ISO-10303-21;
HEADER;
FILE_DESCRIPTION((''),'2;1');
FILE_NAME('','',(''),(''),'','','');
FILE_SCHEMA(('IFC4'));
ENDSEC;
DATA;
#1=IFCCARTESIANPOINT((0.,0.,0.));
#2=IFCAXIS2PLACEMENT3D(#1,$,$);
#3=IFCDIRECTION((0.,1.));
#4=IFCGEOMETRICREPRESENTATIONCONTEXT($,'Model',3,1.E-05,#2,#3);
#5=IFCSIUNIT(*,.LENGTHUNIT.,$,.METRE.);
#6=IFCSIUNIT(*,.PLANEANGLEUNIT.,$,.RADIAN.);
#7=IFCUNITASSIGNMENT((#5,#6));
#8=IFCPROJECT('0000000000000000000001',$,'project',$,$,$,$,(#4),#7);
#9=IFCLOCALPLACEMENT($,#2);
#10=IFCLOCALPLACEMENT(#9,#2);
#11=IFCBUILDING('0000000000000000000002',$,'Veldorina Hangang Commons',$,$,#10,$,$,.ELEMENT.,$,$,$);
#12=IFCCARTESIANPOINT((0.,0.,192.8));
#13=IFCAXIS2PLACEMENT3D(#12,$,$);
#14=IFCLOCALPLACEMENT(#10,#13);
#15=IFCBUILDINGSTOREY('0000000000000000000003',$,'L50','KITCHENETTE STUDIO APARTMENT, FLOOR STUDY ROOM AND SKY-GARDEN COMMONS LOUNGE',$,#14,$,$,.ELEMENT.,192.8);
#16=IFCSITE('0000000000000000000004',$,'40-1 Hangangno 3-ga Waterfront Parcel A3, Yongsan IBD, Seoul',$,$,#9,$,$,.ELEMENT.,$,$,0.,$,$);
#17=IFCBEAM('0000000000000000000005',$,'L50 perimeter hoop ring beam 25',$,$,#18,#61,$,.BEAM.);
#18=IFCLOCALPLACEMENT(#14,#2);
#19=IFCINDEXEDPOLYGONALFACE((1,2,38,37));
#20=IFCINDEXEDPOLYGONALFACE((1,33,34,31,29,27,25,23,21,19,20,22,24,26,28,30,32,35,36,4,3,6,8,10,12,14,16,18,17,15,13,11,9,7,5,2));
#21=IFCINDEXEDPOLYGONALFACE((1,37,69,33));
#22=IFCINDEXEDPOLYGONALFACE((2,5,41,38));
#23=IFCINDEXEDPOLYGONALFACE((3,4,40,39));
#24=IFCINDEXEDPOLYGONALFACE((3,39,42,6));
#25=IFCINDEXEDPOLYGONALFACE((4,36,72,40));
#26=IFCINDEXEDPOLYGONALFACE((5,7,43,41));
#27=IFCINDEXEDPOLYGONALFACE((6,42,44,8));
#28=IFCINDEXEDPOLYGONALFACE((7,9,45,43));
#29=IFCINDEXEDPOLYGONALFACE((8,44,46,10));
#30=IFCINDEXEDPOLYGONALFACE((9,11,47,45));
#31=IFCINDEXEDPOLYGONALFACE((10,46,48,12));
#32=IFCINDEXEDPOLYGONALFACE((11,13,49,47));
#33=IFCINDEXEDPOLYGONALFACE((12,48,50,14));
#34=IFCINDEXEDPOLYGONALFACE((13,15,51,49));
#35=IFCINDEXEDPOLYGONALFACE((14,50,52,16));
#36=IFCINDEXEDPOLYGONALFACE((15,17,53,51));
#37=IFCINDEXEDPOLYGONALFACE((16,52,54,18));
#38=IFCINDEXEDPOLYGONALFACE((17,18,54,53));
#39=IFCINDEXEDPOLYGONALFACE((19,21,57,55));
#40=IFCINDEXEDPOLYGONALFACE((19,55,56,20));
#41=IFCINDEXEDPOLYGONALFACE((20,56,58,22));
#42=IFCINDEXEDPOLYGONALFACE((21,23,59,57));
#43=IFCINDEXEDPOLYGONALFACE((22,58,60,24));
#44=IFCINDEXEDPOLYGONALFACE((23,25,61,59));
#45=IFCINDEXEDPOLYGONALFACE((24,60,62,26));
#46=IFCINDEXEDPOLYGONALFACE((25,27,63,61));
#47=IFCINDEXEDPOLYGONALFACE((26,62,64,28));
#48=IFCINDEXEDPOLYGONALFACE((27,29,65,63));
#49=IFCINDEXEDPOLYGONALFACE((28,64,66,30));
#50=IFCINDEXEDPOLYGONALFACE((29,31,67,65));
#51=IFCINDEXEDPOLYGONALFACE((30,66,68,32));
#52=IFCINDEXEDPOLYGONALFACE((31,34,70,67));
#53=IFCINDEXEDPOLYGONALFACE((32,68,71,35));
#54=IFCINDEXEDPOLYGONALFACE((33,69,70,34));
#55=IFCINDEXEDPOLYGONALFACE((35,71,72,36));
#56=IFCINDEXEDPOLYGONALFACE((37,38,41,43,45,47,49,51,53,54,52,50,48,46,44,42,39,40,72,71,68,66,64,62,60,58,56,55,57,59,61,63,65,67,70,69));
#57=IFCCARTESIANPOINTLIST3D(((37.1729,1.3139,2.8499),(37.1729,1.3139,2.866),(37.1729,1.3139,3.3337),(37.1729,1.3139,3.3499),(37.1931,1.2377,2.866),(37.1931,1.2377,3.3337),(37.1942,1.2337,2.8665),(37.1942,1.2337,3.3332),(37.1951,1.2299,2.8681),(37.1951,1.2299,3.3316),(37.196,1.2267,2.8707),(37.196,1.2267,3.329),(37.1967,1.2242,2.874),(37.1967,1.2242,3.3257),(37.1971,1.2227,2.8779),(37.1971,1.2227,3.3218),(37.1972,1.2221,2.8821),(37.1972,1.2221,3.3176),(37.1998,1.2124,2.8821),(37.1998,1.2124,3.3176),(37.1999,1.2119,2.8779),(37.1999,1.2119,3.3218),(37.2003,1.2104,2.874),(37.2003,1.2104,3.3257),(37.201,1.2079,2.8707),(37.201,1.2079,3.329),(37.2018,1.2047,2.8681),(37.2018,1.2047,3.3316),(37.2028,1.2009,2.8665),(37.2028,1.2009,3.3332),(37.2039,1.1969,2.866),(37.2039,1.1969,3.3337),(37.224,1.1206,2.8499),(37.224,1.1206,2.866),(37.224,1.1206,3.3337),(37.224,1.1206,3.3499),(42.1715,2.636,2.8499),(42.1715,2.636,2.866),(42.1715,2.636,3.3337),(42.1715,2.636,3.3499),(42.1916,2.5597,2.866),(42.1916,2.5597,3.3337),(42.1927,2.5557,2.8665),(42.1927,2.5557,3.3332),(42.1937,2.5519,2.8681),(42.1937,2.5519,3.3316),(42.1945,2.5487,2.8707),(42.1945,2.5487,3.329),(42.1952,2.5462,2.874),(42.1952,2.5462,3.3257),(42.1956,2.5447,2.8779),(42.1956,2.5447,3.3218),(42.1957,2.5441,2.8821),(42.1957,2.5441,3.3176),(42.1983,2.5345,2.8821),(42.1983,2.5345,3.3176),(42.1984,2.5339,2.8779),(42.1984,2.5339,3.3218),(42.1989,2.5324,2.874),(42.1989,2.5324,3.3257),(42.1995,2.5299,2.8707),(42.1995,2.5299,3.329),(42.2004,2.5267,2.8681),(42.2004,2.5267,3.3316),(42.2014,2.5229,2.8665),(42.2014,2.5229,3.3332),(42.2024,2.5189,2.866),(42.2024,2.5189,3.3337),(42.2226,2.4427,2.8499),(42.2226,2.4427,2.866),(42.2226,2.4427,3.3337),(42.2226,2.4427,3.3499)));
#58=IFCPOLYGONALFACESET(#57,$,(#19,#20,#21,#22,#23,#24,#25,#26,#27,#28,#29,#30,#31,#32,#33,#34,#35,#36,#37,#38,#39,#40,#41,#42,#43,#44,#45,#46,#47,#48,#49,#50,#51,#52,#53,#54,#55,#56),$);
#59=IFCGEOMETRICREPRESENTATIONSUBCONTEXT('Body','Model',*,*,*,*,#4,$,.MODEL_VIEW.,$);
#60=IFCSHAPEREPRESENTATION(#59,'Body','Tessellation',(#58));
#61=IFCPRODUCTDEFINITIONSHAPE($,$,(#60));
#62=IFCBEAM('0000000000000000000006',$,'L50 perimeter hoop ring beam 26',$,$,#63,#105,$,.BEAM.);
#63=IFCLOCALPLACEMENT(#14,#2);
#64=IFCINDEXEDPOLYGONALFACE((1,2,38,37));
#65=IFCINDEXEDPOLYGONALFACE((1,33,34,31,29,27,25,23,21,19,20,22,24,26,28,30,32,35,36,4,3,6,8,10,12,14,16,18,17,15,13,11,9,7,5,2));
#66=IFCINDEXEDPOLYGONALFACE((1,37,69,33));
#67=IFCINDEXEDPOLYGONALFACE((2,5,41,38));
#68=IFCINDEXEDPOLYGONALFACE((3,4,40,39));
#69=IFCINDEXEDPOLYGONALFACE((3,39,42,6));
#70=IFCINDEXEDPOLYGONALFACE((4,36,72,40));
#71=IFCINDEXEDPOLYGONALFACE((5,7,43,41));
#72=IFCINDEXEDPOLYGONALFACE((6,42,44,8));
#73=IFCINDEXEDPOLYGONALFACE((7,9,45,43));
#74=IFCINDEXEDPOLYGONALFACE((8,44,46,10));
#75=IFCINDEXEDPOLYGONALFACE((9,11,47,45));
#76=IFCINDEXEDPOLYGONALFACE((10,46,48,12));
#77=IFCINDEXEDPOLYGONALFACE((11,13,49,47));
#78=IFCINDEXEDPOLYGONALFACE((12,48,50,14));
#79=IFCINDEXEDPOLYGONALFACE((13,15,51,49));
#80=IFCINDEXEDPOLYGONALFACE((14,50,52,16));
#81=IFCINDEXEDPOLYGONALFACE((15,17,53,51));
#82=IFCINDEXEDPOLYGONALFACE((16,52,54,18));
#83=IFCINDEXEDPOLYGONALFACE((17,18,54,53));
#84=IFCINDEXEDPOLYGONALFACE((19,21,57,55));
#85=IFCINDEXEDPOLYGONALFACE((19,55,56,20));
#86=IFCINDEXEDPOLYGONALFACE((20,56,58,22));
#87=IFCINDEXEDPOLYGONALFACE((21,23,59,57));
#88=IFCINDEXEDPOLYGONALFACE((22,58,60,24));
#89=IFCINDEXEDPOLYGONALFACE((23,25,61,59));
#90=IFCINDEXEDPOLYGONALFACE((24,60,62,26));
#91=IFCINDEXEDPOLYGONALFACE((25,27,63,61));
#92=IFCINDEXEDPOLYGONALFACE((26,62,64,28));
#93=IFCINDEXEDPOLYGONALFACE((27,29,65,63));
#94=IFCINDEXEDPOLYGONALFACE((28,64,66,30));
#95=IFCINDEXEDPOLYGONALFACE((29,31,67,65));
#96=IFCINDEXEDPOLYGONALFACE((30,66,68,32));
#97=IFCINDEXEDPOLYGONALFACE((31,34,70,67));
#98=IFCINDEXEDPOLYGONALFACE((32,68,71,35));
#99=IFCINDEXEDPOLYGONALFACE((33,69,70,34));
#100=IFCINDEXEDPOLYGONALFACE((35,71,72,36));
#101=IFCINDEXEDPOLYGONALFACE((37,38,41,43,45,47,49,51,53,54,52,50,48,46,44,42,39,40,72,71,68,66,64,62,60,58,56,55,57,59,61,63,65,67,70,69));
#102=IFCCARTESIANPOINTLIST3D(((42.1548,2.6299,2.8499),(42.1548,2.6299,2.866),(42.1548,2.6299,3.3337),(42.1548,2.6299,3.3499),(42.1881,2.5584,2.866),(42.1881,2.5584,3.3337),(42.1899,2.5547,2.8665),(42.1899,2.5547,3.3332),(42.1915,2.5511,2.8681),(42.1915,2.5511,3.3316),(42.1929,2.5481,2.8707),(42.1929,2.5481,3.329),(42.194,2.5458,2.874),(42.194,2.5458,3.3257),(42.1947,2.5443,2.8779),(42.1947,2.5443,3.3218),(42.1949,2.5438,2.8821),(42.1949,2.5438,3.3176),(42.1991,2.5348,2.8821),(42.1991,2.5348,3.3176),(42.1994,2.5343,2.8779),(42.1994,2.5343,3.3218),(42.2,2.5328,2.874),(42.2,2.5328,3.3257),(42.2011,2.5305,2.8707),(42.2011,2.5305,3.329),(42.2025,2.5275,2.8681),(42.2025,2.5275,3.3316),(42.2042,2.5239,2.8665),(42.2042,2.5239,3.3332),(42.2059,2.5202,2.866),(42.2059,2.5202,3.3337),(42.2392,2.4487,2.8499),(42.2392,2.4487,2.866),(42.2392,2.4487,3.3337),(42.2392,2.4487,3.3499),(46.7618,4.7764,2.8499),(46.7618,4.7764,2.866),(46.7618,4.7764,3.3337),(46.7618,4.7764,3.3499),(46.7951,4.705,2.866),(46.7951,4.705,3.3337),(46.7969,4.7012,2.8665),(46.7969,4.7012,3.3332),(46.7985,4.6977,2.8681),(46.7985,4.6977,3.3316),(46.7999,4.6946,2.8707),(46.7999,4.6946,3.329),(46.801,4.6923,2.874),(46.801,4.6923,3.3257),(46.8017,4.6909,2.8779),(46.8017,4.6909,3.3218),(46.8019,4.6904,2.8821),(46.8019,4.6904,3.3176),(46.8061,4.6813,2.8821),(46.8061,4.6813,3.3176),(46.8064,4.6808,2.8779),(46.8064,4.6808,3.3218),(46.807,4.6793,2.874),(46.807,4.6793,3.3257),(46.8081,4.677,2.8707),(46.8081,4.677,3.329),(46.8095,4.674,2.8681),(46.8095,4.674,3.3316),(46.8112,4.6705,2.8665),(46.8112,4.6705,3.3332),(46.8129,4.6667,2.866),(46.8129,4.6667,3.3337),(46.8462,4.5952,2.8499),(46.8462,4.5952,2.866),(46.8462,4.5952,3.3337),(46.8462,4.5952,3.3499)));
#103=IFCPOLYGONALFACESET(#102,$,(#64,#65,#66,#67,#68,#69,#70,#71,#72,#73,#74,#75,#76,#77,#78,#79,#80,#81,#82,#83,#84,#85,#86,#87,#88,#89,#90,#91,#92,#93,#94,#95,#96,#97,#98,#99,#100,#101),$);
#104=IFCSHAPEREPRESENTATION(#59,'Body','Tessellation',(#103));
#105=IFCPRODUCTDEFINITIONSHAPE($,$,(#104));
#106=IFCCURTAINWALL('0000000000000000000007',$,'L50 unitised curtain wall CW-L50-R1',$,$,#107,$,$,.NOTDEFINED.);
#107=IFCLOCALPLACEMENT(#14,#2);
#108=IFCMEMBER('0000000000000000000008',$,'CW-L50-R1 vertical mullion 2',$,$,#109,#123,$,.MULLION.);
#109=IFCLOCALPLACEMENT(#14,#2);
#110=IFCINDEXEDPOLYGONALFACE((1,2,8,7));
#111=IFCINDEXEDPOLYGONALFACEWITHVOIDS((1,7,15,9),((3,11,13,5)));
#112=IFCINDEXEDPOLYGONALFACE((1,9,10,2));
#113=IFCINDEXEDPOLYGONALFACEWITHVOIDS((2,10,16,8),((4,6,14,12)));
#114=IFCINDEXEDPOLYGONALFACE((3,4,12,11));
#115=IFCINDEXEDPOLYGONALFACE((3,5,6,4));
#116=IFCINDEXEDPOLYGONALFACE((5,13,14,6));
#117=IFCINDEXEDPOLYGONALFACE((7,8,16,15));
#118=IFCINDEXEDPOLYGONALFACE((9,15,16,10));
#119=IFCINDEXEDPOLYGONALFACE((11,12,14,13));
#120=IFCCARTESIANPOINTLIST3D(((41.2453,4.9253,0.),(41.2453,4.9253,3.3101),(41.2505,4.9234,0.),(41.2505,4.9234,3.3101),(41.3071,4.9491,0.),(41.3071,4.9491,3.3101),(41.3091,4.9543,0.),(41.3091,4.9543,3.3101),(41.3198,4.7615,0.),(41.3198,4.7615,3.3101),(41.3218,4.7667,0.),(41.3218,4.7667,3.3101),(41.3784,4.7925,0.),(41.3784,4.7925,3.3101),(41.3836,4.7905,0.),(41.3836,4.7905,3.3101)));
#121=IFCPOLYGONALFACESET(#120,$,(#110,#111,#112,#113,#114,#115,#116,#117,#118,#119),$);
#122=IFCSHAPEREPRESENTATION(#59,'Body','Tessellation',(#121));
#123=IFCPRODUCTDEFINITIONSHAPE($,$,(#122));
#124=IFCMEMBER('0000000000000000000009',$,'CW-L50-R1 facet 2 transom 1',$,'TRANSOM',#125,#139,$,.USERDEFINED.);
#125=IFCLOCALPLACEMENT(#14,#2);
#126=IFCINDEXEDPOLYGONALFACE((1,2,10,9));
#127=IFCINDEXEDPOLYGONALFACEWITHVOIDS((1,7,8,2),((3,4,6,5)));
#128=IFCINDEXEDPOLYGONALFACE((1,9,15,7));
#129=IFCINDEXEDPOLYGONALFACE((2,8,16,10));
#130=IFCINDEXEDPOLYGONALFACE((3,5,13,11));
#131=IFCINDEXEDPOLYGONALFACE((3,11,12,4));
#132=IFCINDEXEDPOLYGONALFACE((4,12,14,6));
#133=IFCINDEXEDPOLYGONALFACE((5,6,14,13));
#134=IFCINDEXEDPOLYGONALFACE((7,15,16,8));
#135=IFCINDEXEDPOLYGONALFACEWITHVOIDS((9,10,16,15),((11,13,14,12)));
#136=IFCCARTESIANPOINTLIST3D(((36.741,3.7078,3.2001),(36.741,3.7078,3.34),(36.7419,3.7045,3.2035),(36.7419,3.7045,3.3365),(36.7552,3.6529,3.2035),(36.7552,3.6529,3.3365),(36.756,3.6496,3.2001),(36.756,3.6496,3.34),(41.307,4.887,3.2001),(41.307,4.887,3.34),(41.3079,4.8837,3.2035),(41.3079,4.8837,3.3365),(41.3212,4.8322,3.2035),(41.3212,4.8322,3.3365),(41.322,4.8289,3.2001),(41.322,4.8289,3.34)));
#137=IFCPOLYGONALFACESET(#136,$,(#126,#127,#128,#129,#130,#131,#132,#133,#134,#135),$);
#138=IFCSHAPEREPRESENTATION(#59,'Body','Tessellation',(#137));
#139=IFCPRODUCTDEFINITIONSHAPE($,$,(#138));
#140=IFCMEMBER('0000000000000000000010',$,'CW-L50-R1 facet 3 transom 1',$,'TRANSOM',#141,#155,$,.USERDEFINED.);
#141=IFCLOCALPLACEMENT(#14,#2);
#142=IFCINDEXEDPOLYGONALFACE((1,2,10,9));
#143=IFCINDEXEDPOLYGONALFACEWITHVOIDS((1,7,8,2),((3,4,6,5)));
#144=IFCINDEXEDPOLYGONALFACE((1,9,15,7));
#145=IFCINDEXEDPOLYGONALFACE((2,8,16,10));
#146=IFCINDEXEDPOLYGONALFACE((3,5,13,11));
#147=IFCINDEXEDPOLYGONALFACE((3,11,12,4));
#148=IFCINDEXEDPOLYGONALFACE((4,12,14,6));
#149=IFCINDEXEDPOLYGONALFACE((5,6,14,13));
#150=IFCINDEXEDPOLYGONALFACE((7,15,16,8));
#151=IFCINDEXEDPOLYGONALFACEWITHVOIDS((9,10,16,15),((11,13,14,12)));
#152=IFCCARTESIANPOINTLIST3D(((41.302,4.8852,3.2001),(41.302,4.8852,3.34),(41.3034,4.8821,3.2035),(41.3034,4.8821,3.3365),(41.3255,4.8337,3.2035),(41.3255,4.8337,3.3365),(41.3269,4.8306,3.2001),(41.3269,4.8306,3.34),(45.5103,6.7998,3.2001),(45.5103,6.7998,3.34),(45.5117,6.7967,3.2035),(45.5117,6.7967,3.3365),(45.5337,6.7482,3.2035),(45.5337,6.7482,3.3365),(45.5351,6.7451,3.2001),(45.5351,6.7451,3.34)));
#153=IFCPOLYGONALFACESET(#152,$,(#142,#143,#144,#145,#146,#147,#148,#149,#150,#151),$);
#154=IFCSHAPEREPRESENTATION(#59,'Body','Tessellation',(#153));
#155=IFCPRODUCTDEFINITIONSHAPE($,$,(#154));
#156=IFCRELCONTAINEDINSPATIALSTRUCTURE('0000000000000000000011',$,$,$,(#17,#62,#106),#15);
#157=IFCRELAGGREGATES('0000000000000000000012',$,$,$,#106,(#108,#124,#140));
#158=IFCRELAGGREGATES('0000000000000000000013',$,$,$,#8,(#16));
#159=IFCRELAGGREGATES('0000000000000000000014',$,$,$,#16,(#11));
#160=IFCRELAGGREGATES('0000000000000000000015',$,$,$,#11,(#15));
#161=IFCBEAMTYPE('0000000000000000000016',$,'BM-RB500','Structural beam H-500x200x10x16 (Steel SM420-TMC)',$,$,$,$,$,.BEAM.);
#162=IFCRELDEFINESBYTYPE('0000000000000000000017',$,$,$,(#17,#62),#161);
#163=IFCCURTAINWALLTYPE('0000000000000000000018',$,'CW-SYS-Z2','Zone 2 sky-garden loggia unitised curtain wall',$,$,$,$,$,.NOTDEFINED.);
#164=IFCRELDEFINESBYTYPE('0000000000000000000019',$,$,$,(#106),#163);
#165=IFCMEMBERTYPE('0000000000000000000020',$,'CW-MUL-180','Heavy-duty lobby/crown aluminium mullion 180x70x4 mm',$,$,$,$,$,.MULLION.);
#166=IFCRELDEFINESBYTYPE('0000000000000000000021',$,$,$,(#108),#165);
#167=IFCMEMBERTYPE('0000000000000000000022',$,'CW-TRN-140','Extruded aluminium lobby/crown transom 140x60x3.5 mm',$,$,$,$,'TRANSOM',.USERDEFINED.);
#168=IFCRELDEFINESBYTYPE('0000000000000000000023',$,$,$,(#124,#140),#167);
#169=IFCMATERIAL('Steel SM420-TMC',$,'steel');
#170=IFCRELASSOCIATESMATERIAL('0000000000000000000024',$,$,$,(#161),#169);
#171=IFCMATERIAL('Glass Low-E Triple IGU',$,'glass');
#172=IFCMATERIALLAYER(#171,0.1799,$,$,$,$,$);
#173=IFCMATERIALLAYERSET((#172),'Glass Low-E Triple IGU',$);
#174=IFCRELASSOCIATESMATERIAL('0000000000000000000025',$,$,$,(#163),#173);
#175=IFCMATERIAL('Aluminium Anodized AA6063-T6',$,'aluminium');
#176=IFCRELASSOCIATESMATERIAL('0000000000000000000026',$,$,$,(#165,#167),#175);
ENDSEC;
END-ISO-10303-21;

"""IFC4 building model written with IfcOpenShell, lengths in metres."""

from ifc_helpers import new_model, si_unit, direction, frame, origin, origin_2d, place, context, subcontext, project, spatial, hollow_rectangle, i_section, extrude, material, layer, layer_set, material_profile, profile_set, type_object, element, aggregate, save


model = new_model("IFC4")

# Units and contexts
model_context = context("Model", 3, precision=1e-05, world=origin(), true_north=direction((0.0, 1.0)))
body_context = subcontext(model_context, "Body", "Model", "MODEL_VIEW")
ifc_project = project(units=[si_unit("LENGTHUNIT", "METRE"), si_unit("PLANEANGLEUNIT", "RADIAN")], contexts=[model_context])

# Site, building, storey
site_placement = place(None, origin())
site = spatial("IfcSite", under=ifc_project, at=site_placement, Name="40-1 Hangangno 3-ga Waterfront Parcel A3, Yongsan IBD, Seoul", CompositionType="ELEMENT", RefElevation=0.0)
building_placement = place(site_placement, origin())
building = spatial("IfcBuilding", under=site, at=building_placement, Name="Veldorina Hangang Commons", CompositionType="ELEMENT")
storey_placement = place(building_placement, frame((0.0, 0.0, 192.8)))
storey = spatial("IfcBuildingStorey", under=building, at=storey_placement, Name="L50", Description="KITCHENETTE STUDIO APARTMENT, FLOOR STUDY ROOM AND SKY-GARDEN COMMONS LOUNGE", CompositionType="ELEMENT", Elevation=192.8)

# Beams
ifc_material_1 = material(Name="Steel SM420-TMC", Category="steel")
ifc_material_profile_1 = material_profile(ifc_material_1, i_section(OverallWidth=0.2, OverallDepth=0.5, WebThickness=0.01, FlangeThickness=0.0161, FilletRadius=0.0161, at=origin_2d()), Name="H-500x200x10x16")
ifc_profile_set_1 = profile_set([ifc_material_profile_1], Name="Steel SM420-TMC")
beam_type = type_object("IfcBeamType", Name="BM-RB500", Description="Structural beam H-500x200x10x16 (Steel SM420-TMC)", PredefinedType="BEAM", material=ifc_profile_set_1)
beam_1_placement = place(storey_placement, frame((37.1985, 1.2173, 3.0999), z_axis=(0.966759, 0.25569, 0.0), x_axis=(-0.25569, 0.966759, 0.0)))
element("IfcBeam", 1, at=beam_1_placement, inside=storey, type_object=beam_type, Name="L50 perimeter hoop ring beam 25", PredefinedType="BEAM", context=body_context, shape_type="SweptSolid", body=[
    extrude(i_section(OverallWidth=0.2, OverallDepth=0.5, WebThickness=0.01, FlangeThickness=0.0161, FilletRadius=0.0161, at=origin_2d()), origin(), (0.0, 0.0, 1.0), 5.1704),
])
beam_2_placement = place(storey_placement, frame((42.197, 2.5393, 3.0999), z_axis=(0.906441, 0.422333, 0.0), x_axis=(-0.422333, 0.906441, 0.0)))
element("IfcBeam", 2, at=beam_2_placement, inside=storey, type_object=beam_type, Name="L50 perimeter hoop ring beam 26", PredefinedType="BEAM", context=body_context, shape_type="SweptSolid", body=[
    extrude(i_section(OverallWidth=0.2, OverallDepth=0.5, WebThickness=0.01, FlangeThickness=0.0161, FilletRadius=0.0161, at=origin_2d()), origin(), (0.0, 0.0, 1.0), 5.0825),
])

# Curtain wall, members
ifc_material_2 = material(Name="Glass Low-E Triple IGU", Category="glass")
ifc_layer_1 = layer(ifc_material_2, 0.1799)
ifc_layer_set_1 = layer_set([ifc_layer_1], Name="Glass Low-E Triple IGU")
curtain_wall_type = type_object("IfcCurtainWallType", Name="CW-SYS-Z2", Description="Zone 2 sky-garden loggia unitised curtain wall", PredefinedType="NOTDEFINED", material=ifc_layer_set_1)
curtain_wall_placement = place(storey_placement, origin())
curtain_wall = element("IfcCurtainWall", 3, at=curtain_wall_placement, inside=storey, type_object=curtain_wall_type, Name="L50 unitised curtain wall CW-L50-R1", PredefinedType="NOTDEFINED")
ifc_material_3 = material(Name="Aluminium Anodized AA6063-T6", Category="aluminium")
ifc_material_profile_2 = material_profile(ifc_material_3, hollow_rectangle(XDim=0.0701, YDim=0.1799, WallThickness=0.0039, at=origin_2d()), Name="ALU-RHS-180x70x4")
ifc_profile_set_2 = profile_set([ifc_material_profile_2], Name="Aluminium Anodized AA6063-T6")
member_type_1 = type_object("IfcMemberType", Name="CW-MUL-180", Description="Heavy-duty lobby/crown aluminium mullion 180x70x4 mm", PredefinedType="MULLION", material=ifc_profile_set_2)
member_1_placement = place(storey_placement, frame((41.3145, 4.8579, 0.0), z_axis=(0.0, 0.0, 1.0), x_axis=(0.910214, 0.414137, 0.0)))
member_1 = element("IfcMember", 4, at=member_1_placement, type_object=member_type_1, Name="CW-L50-R1 vertical mullion 2", PredefinedType="MULLION", context=body_context, shape_type="SweptSolid", body=[
    extrude(hollow_rectangle(XDim=0.0701, YDim=0.1799, WallThickness=0.0039, at=origin_2d()), origin(), (0.0, 0.0, 1.0), 3.3101),
])
ifc_material_profile_3 = material_profile(ifc_material_3, hollow_rectangle(XDim=0.0601, YDim=0.1399, WallThickness=0.0034, at=origin_2d()), Name="ALU-RHS-140x60x3.5")
ifc_profile_set_3 = profile_set([ifc_material_profile_3], Name="Aluminium Anodized AA6063-T6")
member_type_2 = type_object("IfcMemberType", Name="CW-TRN-140", Description="Extruded aluminium lobby/crown transom 140x60x3.5 mm", ElementType="TRANSOM", PredefinedType="USERDEFINED", material=ifc_profile_set_3)
member_2_placement = place(storey_placement, frame((36.7485, 3.6787, 3.27), z_axis=(0.968231, 0.250057, 0.0), x_axis=(-0.250057, 0.968231, 0.0)))
member_2 = element("IfcMember", 5, at=member_2_placement, type_object=member_type_2, Name="CW-L50-R1 facet 2 transom 1", ObjectType="TRANSOM", PredefinedType="USERDEFINED", context=body_context, shape_type="SweptSolid", body=[
    extrude(hollow_rectangle(XDim=0.0601, YDim=0.1399, WallThickness=0.0034, at=origin_2d()), origin(), (0.0, 0.0, 1.0), 4.7158),
])
member_3_placement = place(storey_placement, frame((41.3145, 4.8579, 3.27), z_axis=(0.910227, 0.414109, 0.0), x_axis=(-0.414109, 0.910227, 0.0)))
member_3 = element("IfcMember", 6, at=member_3_placement, type_object=member_type_2, Name="CW-L50-R1 facet 3 transom 1", ObjectType="TRANSOM", PredefinedType="USERDEFINED", context=body_context, shape_type="SweptSolid", body=[
    extrude(hollow_rectangle(XDim=0.0601, YDim=0.1399, WallThickness=0.0034, at=origin_2d()), origin(), (0.0, 0.0, 1.0), 4.6233),
])

aggregate(curtain_wall, [member_1, member_2, member_3])

save(model, "model.ifc")
